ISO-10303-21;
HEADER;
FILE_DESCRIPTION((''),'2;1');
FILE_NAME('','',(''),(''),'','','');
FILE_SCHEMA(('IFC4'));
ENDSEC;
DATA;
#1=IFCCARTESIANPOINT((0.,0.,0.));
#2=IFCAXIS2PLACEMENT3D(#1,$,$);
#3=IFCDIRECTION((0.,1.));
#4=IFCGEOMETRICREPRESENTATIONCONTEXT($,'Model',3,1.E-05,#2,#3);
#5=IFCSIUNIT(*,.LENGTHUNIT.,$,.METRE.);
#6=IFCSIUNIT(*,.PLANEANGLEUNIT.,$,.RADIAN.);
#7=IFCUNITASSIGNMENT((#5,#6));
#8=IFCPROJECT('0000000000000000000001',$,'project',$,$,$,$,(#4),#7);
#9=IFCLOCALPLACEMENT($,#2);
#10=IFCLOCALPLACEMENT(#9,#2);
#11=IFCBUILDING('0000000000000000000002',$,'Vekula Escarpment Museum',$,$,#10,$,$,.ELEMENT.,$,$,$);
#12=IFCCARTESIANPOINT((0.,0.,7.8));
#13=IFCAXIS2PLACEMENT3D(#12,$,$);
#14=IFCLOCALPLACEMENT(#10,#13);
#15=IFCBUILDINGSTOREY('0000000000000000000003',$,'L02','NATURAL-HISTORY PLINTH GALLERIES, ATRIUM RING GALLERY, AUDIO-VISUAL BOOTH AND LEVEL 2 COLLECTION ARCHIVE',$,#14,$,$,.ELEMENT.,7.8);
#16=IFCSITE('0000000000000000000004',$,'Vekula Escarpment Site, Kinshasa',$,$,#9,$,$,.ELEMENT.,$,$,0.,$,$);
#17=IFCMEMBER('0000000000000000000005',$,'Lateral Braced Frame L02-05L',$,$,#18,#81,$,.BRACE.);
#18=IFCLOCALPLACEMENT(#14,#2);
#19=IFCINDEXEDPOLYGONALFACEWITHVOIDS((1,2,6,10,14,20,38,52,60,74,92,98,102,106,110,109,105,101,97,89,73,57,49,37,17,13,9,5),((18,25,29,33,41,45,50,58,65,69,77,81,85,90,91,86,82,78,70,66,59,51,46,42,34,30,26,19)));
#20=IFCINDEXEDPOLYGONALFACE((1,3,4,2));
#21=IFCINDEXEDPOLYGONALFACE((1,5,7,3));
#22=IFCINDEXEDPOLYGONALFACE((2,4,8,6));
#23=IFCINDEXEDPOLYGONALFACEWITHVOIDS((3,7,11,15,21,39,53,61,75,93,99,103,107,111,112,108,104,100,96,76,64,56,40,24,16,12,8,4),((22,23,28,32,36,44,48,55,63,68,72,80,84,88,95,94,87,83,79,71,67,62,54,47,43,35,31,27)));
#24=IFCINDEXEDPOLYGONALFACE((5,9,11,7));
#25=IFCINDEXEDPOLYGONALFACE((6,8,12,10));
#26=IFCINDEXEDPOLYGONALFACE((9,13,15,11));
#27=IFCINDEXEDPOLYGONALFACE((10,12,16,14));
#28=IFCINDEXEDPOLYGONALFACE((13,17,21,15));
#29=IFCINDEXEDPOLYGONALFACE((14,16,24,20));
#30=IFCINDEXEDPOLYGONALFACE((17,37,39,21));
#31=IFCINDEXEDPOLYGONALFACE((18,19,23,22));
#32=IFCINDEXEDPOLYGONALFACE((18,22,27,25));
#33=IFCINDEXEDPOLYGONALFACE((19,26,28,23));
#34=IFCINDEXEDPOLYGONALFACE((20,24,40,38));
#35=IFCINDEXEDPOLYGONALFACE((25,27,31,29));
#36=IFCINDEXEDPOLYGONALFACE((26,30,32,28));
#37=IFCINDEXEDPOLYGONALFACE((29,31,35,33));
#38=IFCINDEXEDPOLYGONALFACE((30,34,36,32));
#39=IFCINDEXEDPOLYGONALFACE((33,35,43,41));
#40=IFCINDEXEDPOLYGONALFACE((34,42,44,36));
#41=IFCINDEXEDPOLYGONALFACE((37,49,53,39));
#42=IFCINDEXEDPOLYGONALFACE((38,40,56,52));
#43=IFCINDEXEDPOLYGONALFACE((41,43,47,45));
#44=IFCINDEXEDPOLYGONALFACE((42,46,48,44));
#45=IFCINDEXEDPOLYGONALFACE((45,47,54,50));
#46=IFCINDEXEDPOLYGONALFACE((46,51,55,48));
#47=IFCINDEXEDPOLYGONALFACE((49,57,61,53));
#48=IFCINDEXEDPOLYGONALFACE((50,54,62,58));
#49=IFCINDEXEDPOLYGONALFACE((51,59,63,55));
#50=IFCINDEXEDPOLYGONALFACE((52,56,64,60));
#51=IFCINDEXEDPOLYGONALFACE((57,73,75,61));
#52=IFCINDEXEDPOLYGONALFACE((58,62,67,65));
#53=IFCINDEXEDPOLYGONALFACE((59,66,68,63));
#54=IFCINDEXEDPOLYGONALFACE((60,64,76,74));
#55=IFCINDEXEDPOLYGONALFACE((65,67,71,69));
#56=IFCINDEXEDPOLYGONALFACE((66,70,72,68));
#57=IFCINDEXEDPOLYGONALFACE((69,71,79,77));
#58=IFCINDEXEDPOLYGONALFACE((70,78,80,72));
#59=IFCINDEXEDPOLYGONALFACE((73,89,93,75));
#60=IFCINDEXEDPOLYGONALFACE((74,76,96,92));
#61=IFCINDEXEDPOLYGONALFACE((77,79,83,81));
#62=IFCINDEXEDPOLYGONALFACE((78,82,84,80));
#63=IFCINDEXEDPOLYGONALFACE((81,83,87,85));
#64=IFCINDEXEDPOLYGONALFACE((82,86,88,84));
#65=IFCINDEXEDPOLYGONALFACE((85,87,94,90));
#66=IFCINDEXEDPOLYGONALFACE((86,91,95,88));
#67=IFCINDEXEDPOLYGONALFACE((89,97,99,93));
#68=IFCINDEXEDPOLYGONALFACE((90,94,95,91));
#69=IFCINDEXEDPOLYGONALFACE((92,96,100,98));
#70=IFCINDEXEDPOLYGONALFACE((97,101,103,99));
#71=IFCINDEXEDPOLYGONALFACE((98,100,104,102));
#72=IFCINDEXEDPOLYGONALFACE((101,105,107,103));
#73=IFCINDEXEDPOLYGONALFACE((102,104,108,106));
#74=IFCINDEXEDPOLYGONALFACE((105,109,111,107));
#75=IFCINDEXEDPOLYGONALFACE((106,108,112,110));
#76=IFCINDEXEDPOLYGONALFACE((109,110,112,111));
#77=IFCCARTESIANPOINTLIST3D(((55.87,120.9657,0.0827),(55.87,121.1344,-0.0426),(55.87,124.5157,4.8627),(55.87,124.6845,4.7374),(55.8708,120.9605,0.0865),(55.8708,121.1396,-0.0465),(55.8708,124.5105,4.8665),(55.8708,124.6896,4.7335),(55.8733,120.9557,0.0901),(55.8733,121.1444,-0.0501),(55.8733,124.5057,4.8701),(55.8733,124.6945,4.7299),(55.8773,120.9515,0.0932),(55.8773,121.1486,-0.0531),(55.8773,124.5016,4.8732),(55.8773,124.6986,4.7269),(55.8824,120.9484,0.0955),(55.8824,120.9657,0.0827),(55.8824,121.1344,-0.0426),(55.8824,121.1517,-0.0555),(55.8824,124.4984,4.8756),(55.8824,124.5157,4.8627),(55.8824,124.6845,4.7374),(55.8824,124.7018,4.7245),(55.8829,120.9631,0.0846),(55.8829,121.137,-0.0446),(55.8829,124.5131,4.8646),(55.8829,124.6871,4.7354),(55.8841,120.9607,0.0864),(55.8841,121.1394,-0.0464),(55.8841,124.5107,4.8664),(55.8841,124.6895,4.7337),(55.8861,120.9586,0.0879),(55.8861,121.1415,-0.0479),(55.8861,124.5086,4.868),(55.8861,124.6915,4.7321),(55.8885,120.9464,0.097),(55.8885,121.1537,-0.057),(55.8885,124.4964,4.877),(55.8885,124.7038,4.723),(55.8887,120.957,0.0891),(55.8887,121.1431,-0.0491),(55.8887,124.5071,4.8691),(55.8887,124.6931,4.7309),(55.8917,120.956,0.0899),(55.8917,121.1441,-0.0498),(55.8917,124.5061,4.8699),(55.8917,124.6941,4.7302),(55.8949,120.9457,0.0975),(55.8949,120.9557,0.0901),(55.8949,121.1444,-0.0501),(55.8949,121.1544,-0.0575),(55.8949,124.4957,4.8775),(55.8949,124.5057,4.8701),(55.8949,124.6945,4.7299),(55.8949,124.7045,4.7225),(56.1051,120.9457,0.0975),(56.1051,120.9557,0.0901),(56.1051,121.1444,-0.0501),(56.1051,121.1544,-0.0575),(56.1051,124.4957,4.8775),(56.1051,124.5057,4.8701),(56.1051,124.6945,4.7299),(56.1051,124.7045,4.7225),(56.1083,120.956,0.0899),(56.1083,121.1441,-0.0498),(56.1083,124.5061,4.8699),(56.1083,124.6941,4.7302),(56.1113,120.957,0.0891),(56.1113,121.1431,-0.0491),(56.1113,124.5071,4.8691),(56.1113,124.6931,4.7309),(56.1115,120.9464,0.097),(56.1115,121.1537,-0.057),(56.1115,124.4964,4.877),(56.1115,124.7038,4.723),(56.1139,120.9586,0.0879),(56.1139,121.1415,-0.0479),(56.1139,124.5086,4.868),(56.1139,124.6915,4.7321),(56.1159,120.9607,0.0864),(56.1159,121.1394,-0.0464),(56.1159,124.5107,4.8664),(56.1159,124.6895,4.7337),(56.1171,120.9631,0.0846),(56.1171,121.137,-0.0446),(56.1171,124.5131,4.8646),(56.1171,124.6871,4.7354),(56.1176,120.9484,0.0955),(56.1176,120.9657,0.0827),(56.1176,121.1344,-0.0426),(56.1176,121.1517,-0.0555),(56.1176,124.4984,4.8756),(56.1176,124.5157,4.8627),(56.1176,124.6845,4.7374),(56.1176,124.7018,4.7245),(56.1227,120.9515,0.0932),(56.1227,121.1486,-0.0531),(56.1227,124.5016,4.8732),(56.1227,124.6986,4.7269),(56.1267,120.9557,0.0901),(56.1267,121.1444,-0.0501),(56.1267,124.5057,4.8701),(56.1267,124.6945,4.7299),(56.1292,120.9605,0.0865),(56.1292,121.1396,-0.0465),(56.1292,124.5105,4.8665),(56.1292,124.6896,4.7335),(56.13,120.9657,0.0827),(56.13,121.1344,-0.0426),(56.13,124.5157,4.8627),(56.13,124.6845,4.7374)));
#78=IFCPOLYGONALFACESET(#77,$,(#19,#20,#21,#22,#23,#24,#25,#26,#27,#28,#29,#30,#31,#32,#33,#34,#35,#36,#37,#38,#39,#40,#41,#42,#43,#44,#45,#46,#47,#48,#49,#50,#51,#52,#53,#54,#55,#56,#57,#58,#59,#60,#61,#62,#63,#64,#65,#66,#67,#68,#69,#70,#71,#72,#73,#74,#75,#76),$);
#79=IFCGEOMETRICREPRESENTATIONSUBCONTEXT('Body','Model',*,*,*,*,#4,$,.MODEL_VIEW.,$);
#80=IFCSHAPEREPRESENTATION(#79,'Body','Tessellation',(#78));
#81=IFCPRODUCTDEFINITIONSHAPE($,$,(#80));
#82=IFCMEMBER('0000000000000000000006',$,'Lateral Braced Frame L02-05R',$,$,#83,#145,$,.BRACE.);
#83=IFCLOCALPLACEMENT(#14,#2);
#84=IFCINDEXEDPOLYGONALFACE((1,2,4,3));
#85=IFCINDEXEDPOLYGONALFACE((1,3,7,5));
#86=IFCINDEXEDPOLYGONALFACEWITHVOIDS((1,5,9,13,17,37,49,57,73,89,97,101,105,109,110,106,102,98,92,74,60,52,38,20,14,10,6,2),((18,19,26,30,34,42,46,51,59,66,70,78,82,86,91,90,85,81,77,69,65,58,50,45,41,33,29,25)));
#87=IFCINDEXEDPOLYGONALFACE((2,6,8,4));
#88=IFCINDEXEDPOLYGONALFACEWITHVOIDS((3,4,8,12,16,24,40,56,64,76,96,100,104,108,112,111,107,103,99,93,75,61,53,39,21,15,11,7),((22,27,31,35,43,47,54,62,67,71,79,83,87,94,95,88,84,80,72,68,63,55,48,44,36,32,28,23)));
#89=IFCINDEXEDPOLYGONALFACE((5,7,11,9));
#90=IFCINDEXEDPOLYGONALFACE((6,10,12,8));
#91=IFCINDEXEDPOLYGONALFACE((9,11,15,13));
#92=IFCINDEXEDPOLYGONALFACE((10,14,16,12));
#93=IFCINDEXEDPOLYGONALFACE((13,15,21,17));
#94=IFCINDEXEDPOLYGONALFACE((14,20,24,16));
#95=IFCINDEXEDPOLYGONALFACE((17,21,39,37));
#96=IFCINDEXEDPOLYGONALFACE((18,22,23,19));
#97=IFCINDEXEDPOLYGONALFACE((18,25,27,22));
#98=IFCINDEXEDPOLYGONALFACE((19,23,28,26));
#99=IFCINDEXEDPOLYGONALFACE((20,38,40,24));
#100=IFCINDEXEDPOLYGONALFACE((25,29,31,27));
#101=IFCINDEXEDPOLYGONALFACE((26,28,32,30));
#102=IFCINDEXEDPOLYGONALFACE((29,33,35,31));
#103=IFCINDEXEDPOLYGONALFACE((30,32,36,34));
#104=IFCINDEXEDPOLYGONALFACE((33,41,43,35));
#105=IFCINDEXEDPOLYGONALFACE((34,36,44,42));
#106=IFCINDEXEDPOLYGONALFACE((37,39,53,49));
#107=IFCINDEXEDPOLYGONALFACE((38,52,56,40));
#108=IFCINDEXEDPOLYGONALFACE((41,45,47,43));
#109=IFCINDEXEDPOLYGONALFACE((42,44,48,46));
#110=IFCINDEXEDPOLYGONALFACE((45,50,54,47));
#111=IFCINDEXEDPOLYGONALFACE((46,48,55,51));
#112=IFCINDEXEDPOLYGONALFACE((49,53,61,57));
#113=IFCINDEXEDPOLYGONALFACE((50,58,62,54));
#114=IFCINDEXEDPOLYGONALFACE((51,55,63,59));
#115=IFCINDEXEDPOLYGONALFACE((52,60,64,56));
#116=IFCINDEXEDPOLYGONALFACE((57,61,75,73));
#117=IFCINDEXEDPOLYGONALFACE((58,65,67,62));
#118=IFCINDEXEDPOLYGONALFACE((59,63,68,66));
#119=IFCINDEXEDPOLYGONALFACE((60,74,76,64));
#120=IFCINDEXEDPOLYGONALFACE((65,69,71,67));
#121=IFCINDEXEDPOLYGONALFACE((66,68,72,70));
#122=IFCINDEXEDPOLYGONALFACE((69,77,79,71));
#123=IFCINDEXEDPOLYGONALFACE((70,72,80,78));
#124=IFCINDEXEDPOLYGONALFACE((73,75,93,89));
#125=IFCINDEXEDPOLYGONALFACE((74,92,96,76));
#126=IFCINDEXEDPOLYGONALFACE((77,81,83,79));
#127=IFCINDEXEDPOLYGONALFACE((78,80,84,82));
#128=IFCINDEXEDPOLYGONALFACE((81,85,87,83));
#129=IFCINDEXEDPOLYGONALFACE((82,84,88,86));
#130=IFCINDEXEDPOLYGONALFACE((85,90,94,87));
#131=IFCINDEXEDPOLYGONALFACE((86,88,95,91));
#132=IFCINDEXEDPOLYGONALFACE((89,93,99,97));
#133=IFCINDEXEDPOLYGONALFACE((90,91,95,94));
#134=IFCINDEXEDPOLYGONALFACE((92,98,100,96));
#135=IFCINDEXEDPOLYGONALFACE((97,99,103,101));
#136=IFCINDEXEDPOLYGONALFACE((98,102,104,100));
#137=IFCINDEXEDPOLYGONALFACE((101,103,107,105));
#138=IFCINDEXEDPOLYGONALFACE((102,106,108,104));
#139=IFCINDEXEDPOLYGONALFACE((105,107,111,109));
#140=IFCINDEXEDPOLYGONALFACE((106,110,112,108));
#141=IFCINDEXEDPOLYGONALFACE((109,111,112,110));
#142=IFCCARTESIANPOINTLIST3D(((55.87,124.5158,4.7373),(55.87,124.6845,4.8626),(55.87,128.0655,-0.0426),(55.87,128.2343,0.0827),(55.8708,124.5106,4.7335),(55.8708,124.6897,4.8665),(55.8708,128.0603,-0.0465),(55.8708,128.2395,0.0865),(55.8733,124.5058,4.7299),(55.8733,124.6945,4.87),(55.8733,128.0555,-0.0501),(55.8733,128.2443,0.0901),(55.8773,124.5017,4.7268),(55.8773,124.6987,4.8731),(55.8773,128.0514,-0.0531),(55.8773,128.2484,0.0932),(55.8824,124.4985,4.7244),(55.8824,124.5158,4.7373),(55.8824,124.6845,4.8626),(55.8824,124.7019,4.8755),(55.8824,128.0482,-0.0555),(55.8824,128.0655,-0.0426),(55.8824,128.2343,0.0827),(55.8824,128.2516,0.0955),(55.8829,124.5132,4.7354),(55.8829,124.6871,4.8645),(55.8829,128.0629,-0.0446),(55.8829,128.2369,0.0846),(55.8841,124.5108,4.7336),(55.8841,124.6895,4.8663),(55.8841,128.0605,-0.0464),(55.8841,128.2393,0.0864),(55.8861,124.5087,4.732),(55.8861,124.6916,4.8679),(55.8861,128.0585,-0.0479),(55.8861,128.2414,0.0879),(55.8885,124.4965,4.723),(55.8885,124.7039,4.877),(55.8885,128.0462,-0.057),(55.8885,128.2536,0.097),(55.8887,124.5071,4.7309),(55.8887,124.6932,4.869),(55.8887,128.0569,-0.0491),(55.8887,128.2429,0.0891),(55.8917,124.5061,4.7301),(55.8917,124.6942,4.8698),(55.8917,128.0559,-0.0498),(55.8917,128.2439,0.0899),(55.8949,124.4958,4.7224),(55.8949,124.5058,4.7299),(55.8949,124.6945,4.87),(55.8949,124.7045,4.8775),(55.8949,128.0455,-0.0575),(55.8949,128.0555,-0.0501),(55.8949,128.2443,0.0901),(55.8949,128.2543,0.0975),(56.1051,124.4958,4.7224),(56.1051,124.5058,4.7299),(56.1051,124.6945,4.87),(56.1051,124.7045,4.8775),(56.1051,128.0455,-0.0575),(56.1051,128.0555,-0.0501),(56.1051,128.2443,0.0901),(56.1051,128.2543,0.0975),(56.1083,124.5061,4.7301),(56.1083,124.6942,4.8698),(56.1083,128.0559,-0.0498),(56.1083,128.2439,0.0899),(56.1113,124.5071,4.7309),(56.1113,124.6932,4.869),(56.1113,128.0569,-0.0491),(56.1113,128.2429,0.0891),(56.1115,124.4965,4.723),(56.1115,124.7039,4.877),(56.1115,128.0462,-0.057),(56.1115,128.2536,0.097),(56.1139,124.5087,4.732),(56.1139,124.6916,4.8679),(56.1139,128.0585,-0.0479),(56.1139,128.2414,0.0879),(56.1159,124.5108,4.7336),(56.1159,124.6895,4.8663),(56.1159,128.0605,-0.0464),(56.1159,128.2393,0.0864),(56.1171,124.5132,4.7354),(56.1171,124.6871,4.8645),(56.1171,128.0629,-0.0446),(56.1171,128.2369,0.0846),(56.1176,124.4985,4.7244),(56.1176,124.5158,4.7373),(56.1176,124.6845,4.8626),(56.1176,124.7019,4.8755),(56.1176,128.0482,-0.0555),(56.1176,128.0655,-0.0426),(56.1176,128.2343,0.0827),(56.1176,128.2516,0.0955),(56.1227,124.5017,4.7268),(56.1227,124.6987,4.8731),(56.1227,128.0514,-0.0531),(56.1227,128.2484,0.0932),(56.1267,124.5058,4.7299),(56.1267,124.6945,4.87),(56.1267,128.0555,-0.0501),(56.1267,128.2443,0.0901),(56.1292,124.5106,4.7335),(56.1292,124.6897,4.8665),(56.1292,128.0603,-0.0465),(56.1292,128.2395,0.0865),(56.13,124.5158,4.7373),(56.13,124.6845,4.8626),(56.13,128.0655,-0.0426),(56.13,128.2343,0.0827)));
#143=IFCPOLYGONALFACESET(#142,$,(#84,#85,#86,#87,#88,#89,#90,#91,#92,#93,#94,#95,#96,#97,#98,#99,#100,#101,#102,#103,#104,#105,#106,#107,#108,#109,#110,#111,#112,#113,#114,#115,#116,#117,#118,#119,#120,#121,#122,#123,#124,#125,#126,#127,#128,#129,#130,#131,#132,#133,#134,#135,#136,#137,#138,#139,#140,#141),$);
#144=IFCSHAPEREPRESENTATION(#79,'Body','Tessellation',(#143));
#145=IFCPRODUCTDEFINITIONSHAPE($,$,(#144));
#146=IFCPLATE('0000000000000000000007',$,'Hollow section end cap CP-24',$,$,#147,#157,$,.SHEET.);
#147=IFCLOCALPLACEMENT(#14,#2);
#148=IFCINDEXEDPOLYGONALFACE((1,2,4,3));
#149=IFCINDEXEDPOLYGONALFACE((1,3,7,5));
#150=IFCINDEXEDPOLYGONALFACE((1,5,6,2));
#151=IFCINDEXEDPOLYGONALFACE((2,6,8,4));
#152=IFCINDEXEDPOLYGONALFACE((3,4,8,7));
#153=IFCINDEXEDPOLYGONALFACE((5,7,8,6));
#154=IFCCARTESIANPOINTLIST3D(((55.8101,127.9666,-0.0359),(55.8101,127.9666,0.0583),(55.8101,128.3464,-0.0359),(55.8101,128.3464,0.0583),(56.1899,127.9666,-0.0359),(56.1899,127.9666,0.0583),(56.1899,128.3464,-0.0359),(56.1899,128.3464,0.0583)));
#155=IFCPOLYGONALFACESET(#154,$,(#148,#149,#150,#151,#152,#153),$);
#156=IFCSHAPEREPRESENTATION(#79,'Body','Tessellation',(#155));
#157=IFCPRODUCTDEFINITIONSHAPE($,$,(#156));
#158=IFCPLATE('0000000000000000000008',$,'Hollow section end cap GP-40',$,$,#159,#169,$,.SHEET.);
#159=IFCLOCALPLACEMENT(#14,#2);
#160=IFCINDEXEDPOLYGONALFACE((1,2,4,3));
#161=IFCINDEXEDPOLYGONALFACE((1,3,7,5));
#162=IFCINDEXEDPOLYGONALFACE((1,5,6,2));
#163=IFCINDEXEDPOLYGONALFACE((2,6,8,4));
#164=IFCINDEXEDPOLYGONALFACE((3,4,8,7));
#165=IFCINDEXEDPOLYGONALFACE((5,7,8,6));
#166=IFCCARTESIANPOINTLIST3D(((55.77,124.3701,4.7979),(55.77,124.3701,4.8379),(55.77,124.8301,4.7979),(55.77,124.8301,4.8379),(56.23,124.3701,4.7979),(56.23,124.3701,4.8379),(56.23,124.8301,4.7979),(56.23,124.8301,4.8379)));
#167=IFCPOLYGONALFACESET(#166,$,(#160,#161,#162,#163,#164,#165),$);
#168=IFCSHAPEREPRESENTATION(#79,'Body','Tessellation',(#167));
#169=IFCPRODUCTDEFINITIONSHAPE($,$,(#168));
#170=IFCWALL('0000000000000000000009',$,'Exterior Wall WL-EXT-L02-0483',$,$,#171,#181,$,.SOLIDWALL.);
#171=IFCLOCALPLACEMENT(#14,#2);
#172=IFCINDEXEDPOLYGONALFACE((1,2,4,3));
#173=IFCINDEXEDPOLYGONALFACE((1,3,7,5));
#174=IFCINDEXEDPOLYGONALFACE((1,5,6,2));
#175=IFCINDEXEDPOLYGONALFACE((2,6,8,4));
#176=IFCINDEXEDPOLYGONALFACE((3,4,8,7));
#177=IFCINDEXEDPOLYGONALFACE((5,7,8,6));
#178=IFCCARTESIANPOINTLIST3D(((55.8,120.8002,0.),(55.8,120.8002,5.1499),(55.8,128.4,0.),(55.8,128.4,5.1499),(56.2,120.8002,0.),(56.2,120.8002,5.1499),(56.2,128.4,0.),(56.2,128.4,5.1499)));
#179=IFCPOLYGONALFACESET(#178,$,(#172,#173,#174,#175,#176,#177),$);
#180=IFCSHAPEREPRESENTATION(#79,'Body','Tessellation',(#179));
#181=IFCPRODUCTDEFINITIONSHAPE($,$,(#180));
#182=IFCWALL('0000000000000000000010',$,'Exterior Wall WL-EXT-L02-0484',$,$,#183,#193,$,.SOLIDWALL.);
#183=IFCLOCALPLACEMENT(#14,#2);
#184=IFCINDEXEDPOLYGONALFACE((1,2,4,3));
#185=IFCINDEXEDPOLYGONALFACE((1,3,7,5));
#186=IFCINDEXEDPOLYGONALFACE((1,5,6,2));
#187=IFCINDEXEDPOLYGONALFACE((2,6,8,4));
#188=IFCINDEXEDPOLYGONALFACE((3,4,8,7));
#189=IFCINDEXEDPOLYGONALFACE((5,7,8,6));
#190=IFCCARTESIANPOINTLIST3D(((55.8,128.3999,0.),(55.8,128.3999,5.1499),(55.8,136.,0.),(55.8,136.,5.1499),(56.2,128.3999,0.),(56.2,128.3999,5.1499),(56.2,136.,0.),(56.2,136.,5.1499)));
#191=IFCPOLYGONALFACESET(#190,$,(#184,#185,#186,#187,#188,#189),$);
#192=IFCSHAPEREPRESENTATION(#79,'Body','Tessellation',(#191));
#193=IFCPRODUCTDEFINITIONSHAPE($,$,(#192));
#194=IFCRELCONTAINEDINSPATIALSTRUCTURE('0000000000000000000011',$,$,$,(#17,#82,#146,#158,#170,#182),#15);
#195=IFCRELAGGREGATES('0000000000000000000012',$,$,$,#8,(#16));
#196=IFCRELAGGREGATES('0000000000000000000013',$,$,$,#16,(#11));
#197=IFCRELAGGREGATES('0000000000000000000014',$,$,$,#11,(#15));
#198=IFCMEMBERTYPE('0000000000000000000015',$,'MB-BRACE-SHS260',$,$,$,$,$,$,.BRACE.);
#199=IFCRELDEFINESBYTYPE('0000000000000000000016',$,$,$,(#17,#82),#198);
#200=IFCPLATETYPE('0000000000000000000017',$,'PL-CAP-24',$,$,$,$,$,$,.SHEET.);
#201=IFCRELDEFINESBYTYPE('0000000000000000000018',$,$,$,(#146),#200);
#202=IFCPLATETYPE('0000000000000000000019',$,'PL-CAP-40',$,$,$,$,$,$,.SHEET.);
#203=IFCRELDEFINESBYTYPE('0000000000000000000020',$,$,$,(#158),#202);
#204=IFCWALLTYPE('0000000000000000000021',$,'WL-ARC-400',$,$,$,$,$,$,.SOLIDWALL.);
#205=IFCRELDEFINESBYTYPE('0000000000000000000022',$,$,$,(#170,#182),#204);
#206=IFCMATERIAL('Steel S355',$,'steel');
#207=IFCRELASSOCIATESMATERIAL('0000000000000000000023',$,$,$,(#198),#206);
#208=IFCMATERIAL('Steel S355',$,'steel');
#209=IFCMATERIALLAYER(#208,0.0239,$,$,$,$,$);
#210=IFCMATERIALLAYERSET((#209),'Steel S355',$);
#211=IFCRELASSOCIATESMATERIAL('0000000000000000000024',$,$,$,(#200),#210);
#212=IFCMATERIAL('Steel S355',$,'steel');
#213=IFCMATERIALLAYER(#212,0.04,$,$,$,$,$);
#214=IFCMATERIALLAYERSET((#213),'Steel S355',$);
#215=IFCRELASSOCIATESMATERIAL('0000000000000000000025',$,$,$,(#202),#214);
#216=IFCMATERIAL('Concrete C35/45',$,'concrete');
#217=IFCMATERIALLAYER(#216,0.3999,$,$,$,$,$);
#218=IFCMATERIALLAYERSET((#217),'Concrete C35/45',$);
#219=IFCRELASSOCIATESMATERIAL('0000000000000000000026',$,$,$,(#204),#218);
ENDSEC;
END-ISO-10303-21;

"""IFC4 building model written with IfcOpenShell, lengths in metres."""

from ifc_helpers import new_model, si_unit, direction, frame, frame_2d, origin, origin_2d, place, context, subcontext, project, spatial, rectangle, hollow_rectangle, extrude, material, layer, layer_set, material_profile, profile_set, type_object, element, save


model = new_model("IFC4")

# Units and contexts
model_context = context("Model", 3, precision=1e-05, world=origin(), true_north=direction((0.0, 1.0)))
body_context = subcontext(model_context, "Body", "Model", "MODEL_VIEW")
ifc_project = project(units=[si_unit("LENGTHUNIT", "METRE"), si_unit("PLANEANGLEUNIT", "RADIAN")], contexts=[model_context])

# Site, building, storey
site_placement = place(None, origin())
site = spatial("IfcSite", under=ifc_project, at=site_placement, Name="Vekula Escarpment Site, Kinshasa", CompositionType="ELEMENT", RefElevation=0.0)
building_placement = place(site_placement, origin())
building = spatial("IfcBuilding", under=site, at=building_placement, Name="Vekula Escarpment Museum", CompositionType="ELEMENT")
storey_placement = place(building_placement, frame((0.0, 0.0, 7.8)))
storey = spatial("IfcBuildingStorey", under=building, at=storey_placement, Name="L02", Description="NATURAL-HISTORY PLINTH GALLERIES, ATRIUM RING GALLERY, AUDIO-VISUAL BOOTH AND LEVEL 2 COLLECTION ARCHIVE", CompositionType="ELEMENT", Elevation=7.8)

# Members
ifc_material_1 = material(Name="Steel S355", Category="steel")
ifc_material_profile_1 = material_profile(ifc_material_1, hollow_rectangle(XDim=0.26, YDim=0.26, WallThickness=0.0125, InnerFilletRadius=0.0125, OuterFilletRadius=0.0249, at=origin_2d()), Name="SHS 260x260x12.5")
ifc_profile_set_1 = profile_set([ifc_material_profile_1], Name="Steel S355")
member_type = type_object("IfcMemberType", Name="MB-BRACE-SHS260", PredefinedType="BRACE", material=ifc_profile_set_1)
member_1_placement = place(storey_placement, frame((56.0, 121.05, 0.02), z_axis=(0.0, 0.596234, 0.802811), x_axis=(-1.0, 0.0, 0.0)))
element("IfcMember", 1, at=member_1_placement, inside=storey, type_object=member_type, Name="Lateral Braced Frame L02-05L", PredefinedType="BRACE", context=body_context, shape_type="SweptSolid", body=[
    extrude(hollow_rectangle(XDim=0.26, YDim=0.26, WallThickness=0.0125, InnerFilletRadius=0.0125, OuterFilletRadius=0.0249, at=origin_2d()), origin(), (0.0, 0.0, 1.0), 5.9541),
])
member_2_placement = place(storey_placement, frame((56.0, 128.1499, 0.02), z_axis=(0.0, -0.596208, 0.80283), x_axis=(1.0, 0.0, 0.0)))
element("IfcMember", 2, at=member_2_placement, inside=storey, type_object=member_type, Name="Lateral Braced Frame L02-05R", PredefinedType="BRACE", context=body_context, shape_type="SweptSolid", body=[
    extrude(hollow_rectangle(XDim=0.26, YDim=0.26, WallThickness=0.0125, InnerFilletRadius=0.0125, OuterFilletRadius=0.0249, at=origin_2d()), origin(), (0.0, 0.0, 1.0), 5.9539),
])

# Plates
ifc_material_2 = material(Name="Steel S355", Category="steel")
ifc_layer_1 = layer(ifc_material_2, 0.0239)
ifc_layer_set_1 = layer_set([ifc_layer_1], Name="Steel S355")
plate_type_1 = type_object("IfcPlateType", Name="PL-CAP-24", PredefinedType="SHEET", material=ifc_layer_set_1)
plate_1_placement = place(storey_placement, frame((56.0, 128.1565, -0.0359), z_axis=(0.0, 0.0, 1.0), x_axis=(1.0, 0.0, 0.0)))
element("IfcPlate", 3, at=plate_1_placement, inside=storey, type_object=plate_type_1, Name="Hollow section end cap CP-24", PredefinedType="SHEET", context=body_context, shape_type="SweptSolid", body=[
    extrude(rectangle(XDim=0.3799, YDim=0.3799, at=origin_2d()), origin(), (0.0, 0.0, 1.0), 0.0942),
])
ifc_material_3 = material(Name="Steel S355", Category="steel")
ifc_layer_2 = layer(ifc_material_3, 0.04)
ifc_layer_set_2 = layer_set([ifc_layer_2], Name="Steel S355")
plate_type_2 = type_object("IfcPlateType", Name="PL-CAP-40", PredefinedType="SHEET", material=ifc_layer_set_2)
plate_2_placement = place(storey_placement, frame((56.0, 124.6001, 4.7979), z_axis=(0.0, 0.0, 1.0), x_axis=(1.0, 0.0, 0.0)))
element("IfcPlate", 4, at=plate_2_placement, inside=storey, type_object=plate_type_2, Name="Hollow section end cap GP-40", PredefinedType="SHEET", context=body_context, shape_type="SweptSolid", body=[
    extrude(rectangle(XDim=0.46, YDim=0.46, at=origin_2d()), origin(), (0.0, 0.0, 1.0), 0.04),
])

# Walls
ifc_material_4 = material(Name="Concrete C35/45", Category="concrete")
ifc_layer_3 = layer(ifc_material_4, 0.3999)
ifc_layer_set_3 = layer_set([ifc_layer_3], Name="Concrete C35/45")
wall_type = type_object("IfcWallType", Name="WL-ARC-400", PredefinedType="SOLIDWALL", material=ifc_layer_set_3)
wall_1_placement = place(storey_placement, frame((56.0, 128.3999, 0.0), z_axis=(0.0, 0.0, 1.0), x_axis=(0.0, -1.0, 0.0)))
element("IfcWall", 5, at=wall_1_placement, inside=storey, type_object=wall_type, Name="Exterior Wall WL-EXT-L02-0483", PredefinedType="SOLIDWALL", context=body_context, shape_type="SweptSolid", body=[
    extrude(rectangle(XDim=7.5999, YDim=0.3999, at=frame_2d((3.7998, 0.0))), origin(), (0.0, 0.0, 1.0), 5.1499),
])
wall_2_placement = place(storey_placement, frame((56.0, 136.0, 0.0), z_axis=(0.0, 0.0, 1.0), x_axis=(0.0, -1.0, 0.0)))
element("IfcWall", 6, at=wall_2_placement, inside=storey, type_object=wall_type, Name="Exterior Wall WL-EXT-L02-0484", PredefinedType="SOLIDWALL", context=body_context, shape_type="SweptSolid", body=[
    extrude(rectangle(XDim=7.6001, YDim=0.3999, at=frame_2d((3.8, 0.0))), origin(), (0.0, 0.0, 1.0), 5.1499),
])

save(model, "model.ifc")
